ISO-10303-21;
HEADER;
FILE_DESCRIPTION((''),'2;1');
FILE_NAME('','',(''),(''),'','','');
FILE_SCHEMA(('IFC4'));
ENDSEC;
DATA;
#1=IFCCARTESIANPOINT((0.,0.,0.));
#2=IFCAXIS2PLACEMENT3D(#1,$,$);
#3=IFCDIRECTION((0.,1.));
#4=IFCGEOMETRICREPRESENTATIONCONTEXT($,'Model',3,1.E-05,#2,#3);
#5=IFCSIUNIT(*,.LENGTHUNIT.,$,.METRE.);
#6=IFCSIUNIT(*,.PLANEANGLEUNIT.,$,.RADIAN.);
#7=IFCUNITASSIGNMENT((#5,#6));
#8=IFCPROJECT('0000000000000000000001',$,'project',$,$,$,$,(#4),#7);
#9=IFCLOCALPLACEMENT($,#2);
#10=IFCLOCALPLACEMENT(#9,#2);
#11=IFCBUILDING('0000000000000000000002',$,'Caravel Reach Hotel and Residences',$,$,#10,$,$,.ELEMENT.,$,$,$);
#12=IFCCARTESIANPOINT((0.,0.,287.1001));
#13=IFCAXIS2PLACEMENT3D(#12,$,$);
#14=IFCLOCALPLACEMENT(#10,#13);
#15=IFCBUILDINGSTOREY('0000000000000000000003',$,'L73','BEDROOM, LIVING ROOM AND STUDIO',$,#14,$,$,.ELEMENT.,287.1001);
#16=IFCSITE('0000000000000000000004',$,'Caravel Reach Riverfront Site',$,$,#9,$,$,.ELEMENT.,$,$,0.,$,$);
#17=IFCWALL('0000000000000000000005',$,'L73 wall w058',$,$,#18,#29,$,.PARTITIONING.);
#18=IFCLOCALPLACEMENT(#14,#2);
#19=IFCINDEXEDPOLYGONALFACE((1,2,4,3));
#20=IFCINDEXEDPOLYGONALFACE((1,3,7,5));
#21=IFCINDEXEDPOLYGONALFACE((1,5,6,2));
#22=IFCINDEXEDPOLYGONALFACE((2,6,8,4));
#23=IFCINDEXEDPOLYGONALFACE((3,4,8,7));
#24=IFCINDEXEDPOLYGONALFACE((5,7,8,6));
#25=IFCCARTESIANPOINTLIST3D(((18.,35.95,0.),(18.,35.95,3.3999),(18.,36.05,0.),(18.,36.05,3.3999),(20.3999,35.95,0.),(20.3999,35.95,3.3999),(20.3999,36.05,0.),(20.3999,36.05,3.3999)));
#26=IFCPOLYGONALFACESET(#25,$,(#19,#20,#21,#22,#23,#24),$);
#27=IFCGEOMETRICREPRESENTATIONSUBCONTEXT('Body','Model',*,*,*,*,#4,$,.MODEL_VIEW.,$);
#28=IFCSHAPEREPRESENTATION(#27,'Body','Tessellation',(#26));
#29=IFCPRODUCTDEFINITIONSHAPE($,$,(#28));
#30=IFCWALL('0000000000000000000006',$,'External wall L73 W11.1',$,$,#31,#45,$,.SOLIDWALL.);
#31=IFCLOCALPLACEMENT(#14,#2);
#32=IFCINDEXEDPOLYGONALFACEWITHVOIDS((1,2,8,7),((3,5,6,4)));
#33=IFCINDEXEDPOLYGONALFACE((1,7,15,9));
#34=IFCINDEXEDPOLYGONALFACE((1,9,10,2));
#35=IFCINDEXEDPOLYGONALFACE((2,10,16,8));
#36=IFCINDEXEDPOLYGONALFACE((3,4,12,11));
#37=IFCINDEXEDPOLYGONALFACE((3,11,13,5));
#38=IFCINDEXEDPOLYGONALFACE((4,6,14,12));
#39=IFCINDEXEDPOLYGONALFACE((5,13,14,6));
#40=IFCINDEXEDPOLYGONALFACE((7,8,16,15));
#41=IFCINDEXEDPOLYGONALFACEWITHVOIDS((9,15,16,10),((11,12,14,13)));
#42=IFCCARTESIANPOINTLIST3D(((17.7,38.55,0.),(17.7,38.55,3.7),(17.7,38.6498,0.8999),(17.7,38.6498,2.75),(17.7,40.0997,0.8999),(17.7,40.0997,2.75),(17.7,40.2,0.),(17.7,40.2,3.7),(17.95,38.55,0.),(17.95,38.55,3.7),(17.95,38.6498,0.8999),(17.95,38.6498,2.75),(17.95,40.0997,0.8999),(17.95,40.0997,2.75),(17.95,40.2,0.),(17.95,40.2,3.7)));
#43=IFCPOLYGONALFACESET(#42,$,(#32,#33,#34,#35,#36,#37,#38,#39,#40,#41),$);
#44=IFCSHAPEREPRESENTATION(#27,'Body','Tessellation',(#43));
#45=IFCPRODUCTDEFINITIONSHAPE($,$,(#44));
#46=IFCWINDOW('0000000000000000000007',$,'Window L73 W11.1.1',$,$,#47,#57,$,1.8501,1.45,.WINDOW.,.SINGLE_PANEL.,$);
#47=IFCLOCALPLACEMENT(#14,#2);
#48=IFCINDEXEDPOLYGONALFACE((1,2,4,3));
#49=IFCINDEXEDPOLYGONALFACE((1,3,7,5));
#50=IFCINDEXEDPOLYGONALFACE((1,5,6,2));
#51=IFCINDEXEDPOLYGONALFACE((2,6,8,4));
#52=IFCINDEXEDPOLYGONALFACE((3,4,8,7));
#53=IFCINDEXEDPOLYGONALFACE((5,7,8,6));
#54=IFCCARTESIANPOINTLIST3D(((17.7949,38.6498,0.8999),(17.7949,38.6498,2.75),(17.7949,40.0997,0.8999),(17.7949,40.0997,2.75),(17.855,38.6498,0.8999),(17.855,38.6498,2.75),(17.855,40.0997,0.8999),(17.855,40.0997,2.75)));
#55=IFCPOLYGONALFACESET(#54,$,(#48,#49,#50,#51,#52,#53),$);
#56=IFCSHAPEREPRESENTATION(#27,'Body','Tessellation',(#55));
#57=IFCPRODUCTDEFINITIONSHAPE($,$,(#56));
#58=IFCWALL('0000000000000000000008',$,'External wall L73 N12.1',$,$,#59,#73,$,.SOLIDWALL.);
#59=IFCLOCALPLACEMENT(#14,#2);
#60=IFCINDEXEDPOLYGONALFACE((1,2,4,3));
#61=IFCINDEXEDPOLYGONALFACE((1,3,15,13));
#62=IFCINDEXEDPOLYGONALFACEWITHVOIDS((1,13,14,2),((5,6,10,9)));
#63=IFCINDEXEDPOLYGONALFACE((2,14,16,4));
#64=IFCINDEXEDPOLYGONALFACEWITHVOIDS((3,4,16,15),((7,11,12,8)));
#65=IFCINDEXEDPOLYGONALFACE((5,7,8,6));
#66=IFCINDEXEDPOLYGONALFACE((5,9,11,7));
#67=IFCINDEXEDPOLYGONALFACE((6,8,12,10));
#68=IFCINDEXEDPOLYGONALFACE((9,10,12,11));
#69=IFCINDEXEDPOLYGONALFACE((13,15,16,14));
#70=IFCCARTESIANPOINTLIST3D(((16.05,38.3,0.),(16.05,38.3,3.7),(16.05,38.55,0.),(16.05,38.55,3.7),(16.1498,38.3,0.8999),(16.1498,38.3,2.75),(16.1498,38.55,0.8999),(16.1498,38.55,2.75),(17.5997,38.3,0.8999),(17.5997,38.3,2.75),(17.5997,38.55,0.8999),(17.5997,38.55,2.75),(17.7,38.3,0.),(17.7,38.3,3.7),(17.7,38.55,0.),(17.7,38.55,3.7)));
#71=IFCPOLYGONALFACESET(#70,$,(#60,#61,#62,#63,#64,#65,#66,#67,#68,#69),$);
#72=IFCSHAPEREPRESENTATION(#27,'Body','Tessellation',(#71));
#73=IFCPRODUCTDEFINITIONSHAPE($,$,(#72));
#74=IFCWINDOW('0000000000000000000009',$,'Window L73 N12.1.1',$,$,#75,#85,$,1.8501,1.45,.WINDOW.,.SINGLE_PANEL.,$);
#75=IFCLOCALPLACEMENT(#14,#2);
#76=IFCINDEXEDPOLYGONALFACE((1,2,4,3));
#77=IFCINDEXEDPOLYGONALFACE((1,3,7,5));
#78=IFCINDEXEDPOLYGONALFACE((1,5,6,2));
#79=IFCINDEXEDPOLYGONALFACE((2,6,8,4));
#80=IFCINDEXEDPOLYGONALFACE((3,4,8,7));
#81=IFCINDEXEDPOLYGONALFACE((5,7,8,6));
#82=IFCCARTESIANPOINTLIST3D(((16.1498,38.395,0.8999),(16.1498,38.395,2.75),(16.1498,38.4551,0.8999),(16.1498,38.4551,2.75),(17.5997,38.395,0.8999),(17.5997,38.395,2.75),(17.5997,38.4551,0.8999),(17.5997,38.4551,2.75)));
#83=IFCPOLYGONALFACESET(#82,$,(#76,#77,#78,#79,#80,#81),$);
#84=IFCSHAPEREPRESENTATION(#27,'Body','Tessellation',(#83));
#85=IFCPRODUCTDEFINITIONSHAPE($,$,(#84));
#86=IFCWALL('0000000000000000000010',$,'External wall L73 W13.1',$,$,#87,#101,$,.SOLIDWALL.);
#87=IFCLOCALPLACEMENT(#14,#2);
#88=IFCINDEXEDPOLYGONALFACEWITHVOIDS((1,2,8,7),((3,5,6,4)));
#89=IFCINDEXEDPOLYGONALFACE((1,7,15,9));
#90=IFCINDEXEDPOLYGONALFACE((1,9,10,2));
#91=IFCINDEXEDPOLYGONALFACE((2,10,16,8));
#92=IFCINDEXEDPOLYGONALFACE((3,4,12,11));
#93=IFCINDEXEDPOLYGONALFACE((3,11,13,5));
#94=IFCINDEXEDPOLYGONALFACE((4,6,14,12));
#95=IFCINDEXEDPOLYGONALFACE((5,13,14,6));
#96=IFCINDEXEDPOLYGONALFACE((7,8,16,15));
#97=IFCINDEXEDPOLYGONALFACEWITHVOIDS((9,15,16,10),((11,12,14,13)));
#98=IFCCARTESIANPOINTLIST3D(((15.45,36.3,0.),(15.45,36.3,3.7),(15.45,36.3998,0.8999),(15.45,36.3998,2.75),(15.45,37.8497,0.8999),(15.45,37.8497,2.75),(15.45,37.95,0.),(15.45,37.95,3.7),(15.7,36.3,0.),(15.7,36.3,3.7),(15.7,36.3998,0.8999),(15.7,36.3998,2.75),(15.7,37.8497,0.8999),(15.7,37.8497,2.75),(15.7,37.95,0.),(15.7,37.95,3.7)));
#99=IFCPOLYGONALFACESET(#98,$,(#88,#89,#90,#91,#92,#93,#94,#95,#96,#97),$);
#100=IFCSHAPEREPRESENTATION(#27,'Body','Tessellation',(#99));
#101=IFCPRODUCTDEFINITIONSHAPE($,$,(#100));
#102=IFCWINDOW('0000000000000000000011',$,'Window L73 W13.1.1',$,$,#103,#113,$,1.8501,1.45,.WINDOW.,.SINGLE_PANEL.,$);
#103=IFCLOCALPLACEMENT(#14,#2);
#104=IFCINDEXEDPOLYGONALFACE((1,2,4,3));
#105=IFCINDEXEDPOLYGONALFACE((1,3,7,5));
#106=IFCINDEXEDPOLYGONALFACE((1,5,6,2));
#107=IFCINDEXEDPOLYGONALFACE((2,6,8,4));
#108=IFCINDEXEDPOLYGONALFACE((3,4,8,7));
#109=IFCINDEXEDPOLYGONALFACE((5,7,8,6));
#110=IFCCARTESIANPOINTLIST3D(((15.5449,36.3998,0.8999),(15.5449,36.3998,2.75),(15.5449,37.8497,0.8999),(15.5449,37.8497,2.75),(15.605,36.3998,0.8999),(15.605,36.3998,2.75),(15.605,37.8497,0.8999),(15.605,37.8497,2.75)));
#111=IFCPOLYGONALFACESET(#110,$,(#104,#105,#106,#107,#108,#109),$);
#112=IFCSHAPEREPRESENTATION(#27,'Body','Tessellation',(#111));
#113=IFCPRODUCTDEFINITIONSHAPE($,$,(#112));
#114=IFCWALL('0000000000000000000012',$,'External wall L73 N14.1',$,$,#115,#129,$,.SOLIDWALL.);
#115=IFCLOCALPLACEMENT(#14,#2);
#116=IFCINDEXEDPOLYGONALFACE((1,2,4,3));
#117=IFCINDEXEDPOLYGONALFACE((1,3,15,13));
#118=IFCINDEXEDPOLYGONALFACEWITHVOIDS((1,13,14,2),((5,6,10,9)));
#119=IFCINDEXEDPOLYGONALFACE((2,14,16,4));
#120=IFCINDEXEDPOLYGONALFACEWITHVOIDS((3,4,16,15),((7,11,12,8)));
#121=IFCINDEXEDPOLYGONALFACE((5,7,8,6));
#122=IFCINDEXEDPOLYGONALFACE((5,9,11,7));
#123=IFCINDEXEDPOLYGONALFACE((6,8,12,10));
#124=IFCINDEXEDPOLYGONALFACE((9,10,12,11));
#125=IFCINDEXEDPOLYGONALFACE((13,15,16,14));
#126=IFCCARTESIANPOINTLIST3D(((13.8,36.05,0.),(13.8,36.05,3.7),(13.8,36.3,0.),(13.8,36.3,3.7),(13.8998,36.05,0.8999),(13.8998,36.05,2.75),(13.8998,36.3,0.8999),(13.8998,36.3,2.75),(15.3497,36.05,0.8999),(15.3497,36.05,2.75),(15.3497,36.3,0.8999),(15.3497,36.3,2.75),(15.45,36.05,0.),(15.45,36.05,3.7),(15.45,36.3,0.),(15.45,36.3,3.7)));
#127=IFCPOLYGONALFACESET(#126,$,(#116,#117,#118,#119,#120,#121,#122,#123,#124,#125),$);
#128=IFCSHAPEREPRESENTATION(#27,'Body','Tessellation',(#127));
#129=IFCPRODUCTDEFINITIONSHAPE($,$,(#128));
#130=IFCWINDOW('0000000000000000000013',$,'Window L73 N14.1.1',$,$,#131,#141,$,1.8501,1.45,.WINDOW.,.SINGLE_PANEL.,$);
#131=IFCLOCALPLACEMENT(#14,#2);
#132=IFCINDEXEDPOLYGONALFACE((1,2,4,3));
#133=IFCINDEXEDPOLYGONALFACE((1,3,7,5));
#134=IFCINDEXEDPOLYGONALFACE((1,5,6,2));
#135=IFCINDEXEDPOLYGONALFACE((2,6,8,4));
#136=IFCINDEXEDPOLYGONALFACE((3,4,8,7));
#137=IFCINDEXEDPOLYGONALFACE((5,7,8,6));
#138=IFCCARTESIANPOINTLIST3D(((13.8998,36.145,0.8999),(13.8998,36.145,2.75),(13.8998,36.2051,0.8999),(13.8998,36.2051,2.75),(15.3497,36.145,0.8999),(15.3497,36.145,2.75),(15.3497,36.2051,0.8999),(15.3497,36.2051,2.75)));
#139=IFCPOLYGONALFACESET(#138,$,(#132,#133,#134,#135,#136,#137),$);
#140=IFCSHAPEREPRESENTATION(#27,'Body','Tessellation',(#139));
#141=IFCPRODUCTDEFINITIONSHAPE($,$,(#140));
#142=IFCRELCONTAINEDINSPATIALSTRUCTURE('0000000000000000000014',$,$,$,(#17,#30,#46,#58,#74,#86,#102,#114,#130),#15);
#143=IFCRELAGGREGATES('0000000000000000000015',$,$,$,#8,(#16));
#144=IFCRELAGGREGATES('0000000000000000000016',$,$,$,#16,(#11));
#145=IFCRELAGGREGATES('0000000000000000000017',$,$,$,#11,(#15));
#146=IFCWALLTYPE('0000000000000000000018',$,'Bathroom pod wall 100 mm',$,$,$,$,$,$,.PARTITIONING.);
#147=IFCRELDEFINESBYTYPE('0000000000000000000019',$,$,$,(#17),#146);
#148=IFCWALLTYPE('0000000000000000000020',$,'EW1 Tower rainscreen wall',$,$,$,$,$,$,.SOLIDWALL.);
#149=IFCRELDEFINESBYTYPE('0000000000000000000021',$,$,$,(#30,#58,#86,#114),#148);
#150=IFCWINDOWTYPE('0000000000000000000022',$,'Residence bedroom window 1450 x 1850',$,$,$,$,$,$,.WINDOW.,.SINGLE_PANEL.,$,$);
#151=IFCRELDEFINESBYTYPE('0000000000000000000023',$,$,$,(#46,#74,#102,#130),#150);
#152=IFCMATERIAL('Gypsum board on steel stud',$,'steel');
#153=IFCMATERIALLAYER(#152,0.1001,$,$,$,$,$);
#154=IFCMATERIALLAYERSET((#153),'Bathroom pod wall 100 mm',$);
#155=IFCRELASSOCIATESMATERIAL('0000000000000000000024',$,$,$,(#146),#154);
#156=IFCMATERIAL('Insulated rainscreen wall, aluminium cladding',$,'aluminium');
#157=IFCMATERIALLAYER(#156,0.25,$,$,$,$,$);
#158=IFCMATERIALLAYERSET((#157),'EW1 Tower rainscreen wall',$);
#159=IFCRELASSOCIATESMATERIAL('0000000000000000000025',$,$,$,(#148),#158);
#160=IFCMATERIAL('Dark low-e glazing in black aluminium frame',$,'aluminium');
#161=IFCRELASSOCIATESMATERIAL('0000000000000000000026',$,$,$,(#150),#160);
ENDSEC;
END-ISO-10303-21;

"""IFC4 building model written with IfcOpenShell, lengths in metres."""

from ifc_helpers import new_model, si_unit, direction, frame, frame_2d, origin, place, context, subcontext, project, spatial, rectangle, extrude, material, layer, layer_set, type_object, element, fill, save


model = new_model("IFC4")

# Units and contexts
model_context = context("Model", 3, precision=1e-05, world=origin(), true_north=direction((0.0, 1.0)))
body_context = subcontext(model_context, "Body", "Model", "MODEL_VIEW")
ifc_project = project(units=[si_unit("LENGTHUNIT", "METRE"), si_unit("PLANEANGLEUNIT", "RADIAN")], contexts=[model_context])

# Site, building, storey
site_placement = place(None, origin())
site = spatial("IfcSite", under=ifc_project, at=site_placement, Name="Caravel Reach Riverfront Site", CompositionType="ELEMENT", RefElevation=0.0)
building_placement = place(site_placement, origin())
building = spatial("IfcBuilding", under=site, at=building_placement, Name="Caravel Reach Hotel and Residences", CompositionType="ELEMENT")
storey_placement = place(building_placement, frame((0.0, 0.0, 287.1001)))
storey = spatial("IfcBuildingStorey", under=building, at=storey_placement, Name="L73", Description="BEDROOM, LIVING ROOM AND STUDIO", CompositionType="ELEMENT", Elevation=287.1001)

# Wall
ifc_material_1 = material(Name="Gypsum board on steel stud", Category="steel")
ifc_layer_1 = layer(ifc_material_1, 0.1001)
ifc_layer_set_1 = layer_set([ifc_layer_1], Name="Bathroom pod wall 100 mm")
wall_type_1 = type_object("IfcWallType", Name="Bathroom pod wall 100 mm", PredefinedType="PARTITIONING", material=ifc_layer_set_1)
wall_1_placement = place(storey_placement, frame((18.0, 36.0, 0.0), z_axis=(0.0, 0.0, 1.0), x_axis=(1.0, 0.0, 0.0)))
element("IfcWall", 1, at=wall_1_placement, inside=storey, type_object=wall_type_1, Name="L73 wall w058", PredefinedType="PARTITIONING", context=body_context, shape_type="SweptSolid", body=[
    extrude(rectangle(XDim=2.3999, YDim=0.1001, at=frame_2d((1.2, 0.0))), origin(), (0.0, 0.0, 1.0), 3.3999),
])

# Walls, openings, windows
ifc_material_2 = material(Name="Insulated rainscreen wall, aluminium cladding", Category="aluminium")
ifc_layer_2 = layer(ifc_material_2, 0.25)
ifc_layer_set_2 = layer_set([ifc_layer_2], Name="EW1 Tower rainscreen wall")
wall_type_2 = type_object("IfcWallType", Name="EW1 Tower rainscreen wall", PredefinedType="SOLIDWALL", material=ifc_layer_set_2)
wall_2_placement = place(storey_placement, frame((17.825, 40.2, 0.0), z_axis=(0.0, 0.0, 1.0), x_axis=(0.0, -1.0, 0.0)))
wall_2 = element("IfcWall", 2, at=wall_2_placement, inside=storey, type_object=wall_type_2, Name="External wall L73 W11.1", PredefinedType="SOLIDWALL", context=body_context, shape_type="SweptSolid", body=[
    extrude(rectangle(XDim=1.6499, YDim=0.25, at=frame_2d((0.825, 0.0))), origin(), (0.0, 0.0, 1.0), 3.7),
])
opening_1_placement = place(wall_2_placement, frame((0.1001, 0.0, 0.8999)))
opening_1 = element("IfcOpeningElement", 3, at=opening_1_placement, cuts=wall_2, PredefinedType="OPENING", context=body_context, shape_type="SweptSolid", body=[
    extrude(rectangle(XDim=1.45, YDim=1.8501, at=frame_2d((0.7251, 0.925))), frame((0.0, 0.135, 0.0), z_axis=(0.0, -1.0, 0.0), x_axis=(1.0, 0.0, 0.0)), (0.0, 0.0, 1.0), 0.27),
])
ifc_material_3 = material(Name="Dark low-e glazing in black aluminium frame", Category="aluminium")
window_type = type_object("IfcWindowType", Name="Residence bedroom window 1450 x 1850", PartitioningType="SINGLE_PANEL", PredefinedType="WINDOW", material=ifc_material_3)
window_1_placement = place(opening_1_placement, origin())
window_1 = element("IfcWindow", 4, at=window_1_placement, inside=storey, type_object=window_type, Name="Window L73 W11.1.1", OverallHeight=1.8501, OverallWidth=1.45, PartitioningType="SINGLE_PANEL", PredefinedType="WINDOW", context=body_context, shape_type="SweptSolid", body=[
    extrude(rectangle(XDim=1.45, YDim=1.8501, at=frame_2d((0.7251, 0.925))), frame((0.0, 0.03, 0.0), z_axis=(0.0, -1.0, 0.0), x_axis=(1.0, 0.0, 0.0)), (0.0, 0.0, 1.0), 0.0601),
])
fill(opening_1, window_1)
wall_3_placement = place(storey_placement, frame((17.7, 38.425, 0.0), z_axis=(0.0, 0.0, 1.0), x_axis=(-1.0, 0.0, 0.0)))
wall_3 = element("IfcWall", 5, at=wall_3_placement, inside=storey, type_object=wall_type_2, Name="External wall L73 N12.1", PredefinedType="SOLIDWALL", context=body_context, shape_type="SweptSolid", body=[
    extrude(rectangle(XDim=1.6499, YDim=0.25, at=frame_2d((0.825, 0.0))), origin(), (0.0, 0.0, 1.0), 3.7),
])
opening_2_placement = place(wall_3_placement, frame((0.1001, 0.0, 0.8999)))
opening_2 = element("IfcOpeningElement", 6, at=opening_2_placement, cuts=wall_3, PredefinedType="OPENING", context=body_context, shape_type="SweptSolid", body=[
    extrude(rectangle(XDim=1.45, YDim=1.8501, at=frame_2d((0.7251, 0.925))), frame((0.0, 0.135, 0.0), z_axis=(0.0, -1.0, 0.0), x_axis=(1.0, 0.0, 0.0)), (0.0, 0.0, 1.0), 0.27),
])
window_2_placement = place(opening_2_placement, origin())
window_2 = element("IfcWindow", 7, at=window_2_placement, inside=storey, type_object=window_type, Name="Window L73 N12.1.1", OverallHeight=1.8501, OverallWidth=1.45, PartitioningType="SINGLE_PANEL", PredefinedType="WINDOW", context=body_context, shape_type="SweptSolid", body=[
    extrude(rectangle(XDim=1.45, YDim=1.8501, at=frame_2d((0.7251, 0.925))), frame((0.0, 0.03, 0.0), z_axis=(0.0, -1.0, 0.0), x_axis=(1.0, 0.0, 0.0)), (0.0, 0.0, 1.0), 0.0601),
])
fill(opening_2, window_2)
wall_4_placement = place(storey_placement, frame((15.575, 37.95, 0.0), z_axis=(0.0, 0.0, 1.0), x_axis=(0.0, -1.0, 0.0)))
wall_4 = element("IfcWall", 8, at=wall_4_placement, inside=storey, type_object=wall_type_2, Name="External wall L73 W13.1", PredefinedType="SOLIDWALL", context=body_context, shape_type="SweptSolid", body=[
    extrude(rectangle(XDim=1.6499, YDim=0.25, at=frame_2d((0.825, 0.0))), origin(), (0.0, 0.0, 1.0), 3.7),
])
opening_3_placement = place(wall_4_placement, frame((0.1001, 0.0, 0.8999)))
opening_3 = element("IfcOpeningElement", 9, at=opening_3_placement, cuts=wall_4, PredefinedType="OPENING", context=body_context, shape_type="SweptSolid", body=[
    extrude(rectangle(XDim=1.45, YDim=1.8501, at=frame_2d((0.7251, 0.925))), frame((0.0, 0.135, 0.0), z_axis=(0.0, -1.0, 0.0), x_axis=(1.0, 0.0, 0.0)), (0.0, 0.0, 1.0), 0.27),
])
window_3_placement = place(opening_3_placement, origin())
window_3 = element("IfcWindow", 10, at=window_3_placement, inside=storey, type_object=window_type, Name="Window L73 W13.1.1", OverallHeight=1.8501, OverallWidth=1.45, PartitioningType="SINGLE_PANEL", PredefinedType="WINDOW", context=body_context, shape_type="SweptSolid", body=[
    extrude(rectangle(XDim=1.45, YDim=1.8501, at=frame_2d((0.7251, 0.925))), frame((0.0, 0.03, 0.0), z_axis=(0.0, -1.0, 0.0), x_axis=(1.0, 0.0, 0.0)), (0.0, 0.0, 1.0), 0.0601),
])
fill(opening_3, window_3)
wall_5_placement = place(storey_placement, frame((15.45, 36.175, 0.0), z_axis=(0.0, 0.0, 1.0), x_axis=(-1.0, 0.0, 0.0)))
wall_5 = element("IfcWall", 11, at=wall_5_placement, inside=storey, type_object=wall_type_2, Name="External wall L73 N14.1", PredefinedType="SOLIDWALL", context=body_context, shape_type="SweptSolid", body=[
    extrude(rectangle(XDim=1.6499, YDim=0.25, at=frame_2d((0.825, 0.0))), origin(), (0.0, 0.0, 1.0), 3.7),
])
opening_4_placement = place(wall_5_placement, frame((0.1001, 0.0, 0.8999)))
opening_4 = element("IfcOpeningElement", 12, at=opening_4_placement, cuts=wall_5, PredefinedType="OPENING", context=body_context, shape_type="SweptSolid", body=[
    extrude(rectangle(XDim=1.45, YDim=1.8501, at=frame_2d((0.7251, 0.925))), frame((0.0, 0.135, 0.0), z_axis=(0.0, -1.0, 0.0), x_axis=(1.0, 0.0, 0.0)), (0.0, 0.0, 1.0), 0.27),
])
window_4_placement = place(opening_4_placement, origin())
window_4 = element("IfcWindow", 13, at=window_4_placement, inside=storey, type_object=window_type, Name="Window L73 N14.1.1", OverallHeight=1.8501, OverallWidth=1.45, PartitioningType="SINGLE_PANEL", PredefinedType="WINDOW", context=body_context, shape_type="SweptSolid", body=[
    extrude(rectangle(XDim=1.45, YDim=1.8501, at=frame_2d((0.7251, 0.925))), frame((0.0, 0.03, 0.0), z_axis=(0.0, -1.0, 0.0), x_axis=(1.0, 0.0, 0.0)), (0.0, 0.0, 1.0), 0.0601),
])
fill(opening_4, window_4)

save(model, "model.ifc")
